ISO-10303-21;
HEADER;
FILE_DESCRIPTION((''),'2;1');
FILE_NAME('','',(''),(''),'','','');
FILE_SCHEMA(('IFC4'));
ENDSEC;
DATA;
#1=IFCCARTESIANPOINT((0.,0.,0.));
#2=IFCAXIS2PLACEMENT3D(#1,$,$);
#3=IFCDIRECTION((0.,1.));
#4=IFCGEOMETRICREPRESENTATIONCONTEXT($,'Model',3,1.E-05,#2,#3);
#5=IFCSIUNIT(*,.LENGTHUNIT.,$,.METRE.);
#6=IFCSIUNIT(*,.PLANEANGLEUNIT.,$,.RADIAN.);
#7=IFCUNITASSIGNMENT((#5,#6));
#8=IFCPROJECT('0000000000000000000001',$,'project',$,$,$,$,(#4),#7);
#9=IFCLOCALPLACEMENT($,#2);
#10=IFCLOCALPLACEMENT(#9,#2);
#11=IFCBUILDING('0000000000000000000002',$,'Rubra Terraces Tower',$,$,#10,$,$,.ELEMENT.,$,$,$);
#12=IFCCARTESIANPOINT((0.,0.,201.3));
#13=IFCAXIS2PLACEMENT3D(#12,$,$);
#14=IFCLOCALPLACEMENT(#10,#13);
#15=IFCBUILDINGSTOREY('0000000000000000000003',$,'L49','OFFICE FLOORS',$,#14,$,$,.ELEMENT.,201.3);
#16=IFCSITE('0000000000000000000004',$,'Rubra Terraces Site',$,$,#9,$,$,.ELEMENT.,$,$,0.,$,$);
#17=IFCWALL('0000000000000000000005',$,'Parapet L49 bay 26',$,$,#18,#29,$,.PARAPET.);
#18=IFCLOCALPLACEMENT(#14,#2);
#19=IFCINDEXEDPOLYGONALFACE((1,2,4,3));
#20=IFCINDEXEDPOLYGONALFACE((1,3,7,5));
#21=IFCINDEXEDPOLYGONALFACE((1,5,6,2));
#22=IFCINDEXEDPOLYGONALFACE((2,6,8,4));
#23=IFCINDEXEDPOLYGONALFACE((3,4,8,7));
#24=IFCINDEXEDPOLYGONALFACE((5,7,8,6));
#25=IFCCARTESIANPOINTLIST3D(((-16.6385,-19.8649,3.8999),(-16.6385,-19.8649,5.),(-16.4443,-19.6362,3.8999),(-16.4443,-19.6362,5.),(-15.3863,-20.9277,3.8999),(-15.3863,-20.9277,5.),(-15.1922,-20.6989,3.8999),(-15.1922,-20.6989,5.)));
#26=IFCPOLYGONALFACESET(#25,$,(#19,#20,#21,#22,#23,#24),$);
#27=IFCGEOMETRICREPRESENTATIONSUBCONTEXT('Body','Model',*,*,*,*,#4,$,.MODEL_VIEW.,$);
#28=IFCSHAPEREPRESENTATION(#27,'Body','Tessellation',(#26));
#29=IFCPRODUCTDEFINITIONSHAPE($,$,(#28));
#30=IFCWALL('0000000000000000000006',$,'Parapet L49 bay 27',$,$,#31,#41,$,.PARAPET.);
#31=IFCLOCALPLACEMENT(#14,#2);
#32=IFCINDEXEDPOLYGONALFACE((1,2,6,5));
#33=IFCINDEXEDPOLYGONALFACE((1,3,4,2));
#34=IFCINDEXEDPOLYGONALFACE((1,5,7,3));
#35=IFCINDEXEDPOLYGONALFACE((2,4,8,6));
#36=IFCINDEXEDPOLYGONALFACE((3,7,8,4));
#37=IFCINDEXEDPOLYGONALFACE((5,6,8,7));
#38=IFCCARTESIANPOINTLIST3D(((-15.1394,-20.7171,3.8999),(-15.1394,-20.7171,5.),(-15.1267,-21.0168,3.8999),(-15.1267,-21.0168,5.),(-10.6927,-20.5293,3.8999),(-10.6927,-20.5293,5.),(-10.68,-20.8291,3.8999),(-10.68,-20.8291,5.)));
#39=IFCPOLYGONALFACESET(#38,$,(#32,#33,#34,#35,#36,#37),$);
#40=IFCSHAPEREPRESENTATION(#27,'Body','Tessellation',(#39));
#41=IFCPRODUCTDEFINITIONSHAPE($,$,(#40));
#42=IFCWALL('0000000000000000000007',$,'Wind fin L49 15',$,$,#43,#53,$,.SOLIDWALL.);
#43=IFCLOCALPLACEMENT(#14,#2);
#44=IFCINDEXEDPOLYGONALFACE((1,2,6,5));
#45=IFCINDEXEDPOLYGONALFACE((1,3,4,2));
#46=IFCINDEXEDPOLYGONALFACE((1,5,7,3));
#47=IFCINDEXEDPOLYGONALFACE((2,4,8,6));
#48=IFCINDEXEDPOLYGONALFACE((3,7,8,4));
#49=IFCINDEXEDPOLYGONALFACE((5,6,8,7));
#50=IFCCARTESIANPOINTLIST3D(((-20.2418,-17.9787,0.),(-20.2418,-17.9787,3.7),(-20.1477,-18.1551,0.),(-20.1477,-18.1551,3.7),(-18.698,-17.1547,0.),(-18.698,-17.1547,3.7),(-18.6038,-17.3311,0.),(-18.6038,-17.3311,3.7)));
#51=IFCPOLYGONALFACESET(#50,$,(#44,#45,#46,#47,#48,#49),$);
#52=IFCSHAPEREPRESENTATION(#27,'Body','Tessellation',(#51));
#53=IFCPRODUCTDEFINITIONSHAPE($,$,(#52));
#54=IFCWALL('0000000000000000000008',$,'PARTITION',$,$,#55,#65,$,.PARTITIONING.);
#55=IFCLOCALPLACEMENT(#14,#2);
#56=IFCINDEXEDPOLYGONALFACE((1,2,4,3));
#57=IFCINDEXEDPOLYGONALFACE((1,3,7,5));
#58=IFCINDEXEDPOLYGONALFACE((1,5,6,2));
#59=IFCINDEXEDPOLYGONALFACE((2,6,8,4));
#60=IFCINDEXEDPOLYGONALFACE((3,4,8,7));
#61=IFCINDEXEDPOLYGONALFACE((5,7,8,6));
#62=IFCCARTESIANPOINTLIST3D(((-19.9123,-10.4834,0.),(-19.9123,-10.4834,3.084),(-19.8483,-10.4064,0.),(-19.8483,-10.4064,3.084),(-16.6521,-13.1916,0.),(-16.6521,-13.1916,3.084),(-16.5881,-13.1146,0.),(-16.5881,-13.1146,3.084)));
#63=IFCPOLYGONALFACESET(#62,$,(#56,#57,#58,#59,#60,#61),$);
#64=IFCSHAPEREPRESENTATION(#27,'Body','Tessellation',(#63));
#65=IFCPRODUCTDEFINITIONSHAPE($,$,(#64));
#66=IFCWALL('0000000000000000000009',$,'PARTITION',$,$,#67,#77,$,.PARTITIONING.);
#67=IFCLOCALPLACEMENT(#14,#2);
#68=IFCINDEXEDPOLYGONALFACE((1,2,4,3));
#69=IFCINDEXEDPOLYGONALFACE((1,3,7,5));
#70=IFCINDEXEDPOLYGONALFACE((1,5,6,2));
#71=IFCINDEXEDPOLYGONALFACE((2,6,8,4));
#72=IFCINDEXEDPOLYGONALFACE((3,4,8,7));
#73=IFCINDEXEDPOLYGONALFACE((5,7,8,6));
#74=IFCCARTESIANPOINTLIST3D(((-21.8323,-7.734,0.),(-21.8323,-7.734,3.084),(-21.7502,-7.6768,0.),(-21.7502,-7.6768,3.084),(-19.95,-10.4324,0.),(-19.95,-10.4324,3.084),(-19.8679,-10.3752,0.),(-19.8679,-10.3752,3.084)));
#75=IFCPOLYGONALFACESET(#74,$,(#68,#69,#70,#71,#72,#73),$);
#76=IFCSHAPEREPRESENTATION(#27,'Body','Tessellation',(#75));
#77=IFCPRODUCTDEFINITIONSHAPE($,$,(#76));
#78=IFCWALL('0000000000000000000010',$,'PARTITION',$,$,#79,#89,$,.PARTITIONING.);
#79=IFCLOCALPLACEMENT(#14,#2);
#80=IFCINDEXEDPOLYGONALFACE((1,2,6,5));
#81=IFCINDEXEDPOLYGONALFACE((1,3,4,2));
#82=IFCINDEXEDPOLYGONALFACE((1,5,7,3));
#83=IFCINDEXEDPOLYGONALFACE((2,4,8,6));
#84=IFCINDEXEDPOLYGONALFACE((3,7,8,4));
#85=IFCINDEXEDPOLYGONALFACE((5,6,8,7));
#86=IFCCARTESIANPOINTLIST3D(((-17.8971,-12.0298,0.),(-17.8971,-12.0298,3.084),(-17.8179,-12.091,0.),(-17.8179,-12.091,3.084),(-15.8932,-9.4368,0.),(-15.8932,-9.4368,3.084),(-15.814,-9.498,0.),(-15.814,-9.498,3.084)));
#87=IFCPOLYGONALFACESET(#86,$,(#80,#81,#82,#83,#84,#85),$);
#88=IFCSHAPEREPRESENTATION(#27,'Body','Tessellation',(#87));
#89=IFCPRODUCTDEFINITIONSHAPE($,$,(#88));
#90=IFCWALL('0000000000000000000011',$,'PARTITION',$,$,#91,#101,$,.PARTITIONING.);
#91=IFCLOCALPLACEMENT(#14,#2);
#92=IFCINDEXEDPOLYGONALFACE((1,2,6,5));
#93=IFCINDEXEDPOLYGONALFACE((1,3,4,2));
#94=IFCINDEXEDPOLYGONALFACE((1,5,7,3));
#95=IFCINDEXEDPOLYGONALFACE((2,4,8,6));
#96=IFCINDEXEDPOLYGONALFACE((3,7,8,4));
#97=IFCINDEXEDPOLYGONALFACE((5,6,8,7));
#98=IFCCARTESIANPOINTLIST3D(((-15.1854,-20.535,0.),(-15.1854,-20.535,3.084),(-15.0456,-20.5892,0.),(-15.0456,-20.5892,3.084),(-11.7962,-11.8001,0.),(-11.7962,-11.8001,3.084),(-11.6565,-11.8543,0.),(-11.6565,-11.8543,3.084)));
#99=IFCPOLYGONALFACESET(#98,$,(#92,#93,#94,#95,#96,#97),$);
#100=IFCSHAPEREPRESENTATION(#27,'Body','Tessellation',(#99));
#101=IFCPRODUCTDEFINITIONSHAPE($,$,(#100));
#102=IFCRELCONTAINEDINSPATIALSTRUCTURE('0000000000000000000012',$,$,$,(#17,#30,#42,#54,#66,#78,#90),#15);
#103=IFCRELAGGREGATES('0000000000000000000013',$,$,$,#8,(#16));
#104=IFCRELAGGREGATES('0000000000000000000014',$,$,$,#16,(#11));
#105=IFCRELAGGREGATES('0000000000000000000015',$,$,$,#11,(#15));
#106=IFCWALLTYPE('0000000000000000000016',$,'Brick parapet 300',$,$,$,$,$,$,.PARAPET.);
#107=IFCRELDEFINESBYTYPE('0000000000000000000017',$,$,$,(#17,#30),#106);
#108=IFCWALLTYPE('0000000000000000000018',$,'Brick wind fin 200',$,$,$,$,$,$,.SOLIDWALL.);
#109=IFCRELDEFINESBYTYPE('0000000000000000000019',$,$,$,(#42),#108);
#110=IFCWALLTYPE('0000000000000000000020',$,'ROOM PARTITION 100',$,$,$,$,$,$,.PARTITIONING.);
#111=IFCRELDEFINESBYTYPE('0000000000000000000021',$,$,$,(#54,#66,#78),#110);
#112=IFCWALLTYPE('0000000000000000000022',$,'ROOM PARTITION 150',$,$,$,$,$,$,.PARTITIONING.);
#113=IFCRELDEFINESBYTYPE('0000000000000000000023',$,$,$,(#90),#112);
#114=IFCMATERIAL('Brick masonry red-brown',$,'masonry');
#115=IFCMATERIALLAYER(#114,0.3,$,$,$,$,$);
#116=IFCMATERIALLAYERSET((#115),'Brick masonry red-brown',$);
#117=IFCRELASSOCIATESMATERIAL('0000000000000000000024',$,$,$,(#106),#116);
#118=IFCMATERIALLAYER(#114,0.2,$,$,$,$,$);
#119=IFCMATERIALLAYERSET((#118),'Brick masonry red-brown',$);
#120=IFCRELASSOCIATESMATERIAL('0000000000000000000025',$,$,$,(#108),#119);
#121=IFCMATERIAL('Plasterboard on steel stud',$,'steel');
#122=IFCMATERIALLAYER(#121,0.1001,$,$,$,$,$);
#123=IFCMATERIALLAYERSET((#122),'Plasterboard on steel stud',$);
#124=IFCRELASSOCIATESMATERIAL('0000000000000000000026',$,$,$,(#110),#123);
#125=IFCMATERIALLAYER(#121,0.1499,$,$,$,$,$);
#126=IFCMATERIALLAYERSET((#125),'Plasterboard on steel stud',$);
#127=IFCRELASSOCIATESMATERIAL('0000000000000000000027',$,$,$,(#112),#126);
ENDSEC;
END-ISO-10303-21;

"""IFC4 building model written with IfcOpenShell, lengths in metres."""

from ifc_helpers import new_model, si_unit, direction, frame, frame_2d, origin, place, context, subcontext, project, spatial, rectangle, extrude, material, layer, layer_set, type_object, element, save


model = new_model("IFC4")

# Units and contexts
model_context = context("Model", 3, precision=1e-05, world=origin(), true_north=direction((0.0, 1.0)))
body_context = subcontext(model_context, "Body", "Model", "MODEL_VIEW")
ifc_project = project(units=[si_unit("LENGTHUNIT", "METRE"), si_unit("PLANEANGLEUNIT", "RADIAN")], contexts=[model_context])

# Site, building, storey
site_placement = place(None, origin())
site = spatial("IfcSite", under=ifc_project, at=site_placement, Name="Rubra Terraces Site", CompositionType="ELEMENT", RefElevation=0.0)
building_placement = place(site_placement, origin())
building = spatial("IfcBuilding", under=site, at=building_placement, Name="Rubra Terraces Tower", CompositionType="ELEMENT")
storey_placement = place(building_placement, frame((0.0, 0.0, 201.3)))
storey = spatial("IfcBuildingStorey", under=building, at=storey_placement, Name="L49", Description="OFFICE FLOORS", CompositionType="ELEMENT", Elevation=201.3)

# Shared definitions
ifc_material_1 = material(Name="Brick masonry red-brown", Category="masonry")

# Walls
ifc_layer_1 = layer(ifc_material_1, 0.3)
ifc_layer_set_1 = layer_set([ifc_layer_1], Name="Brick masonry red-brown")
wall_type_1 = type_object("IfcWallType", Name="Brick parapet 300", PredefinedType="PARAPET", material=ifc_layer_set_1)
wall_1_placement = place(storey_placement, frame((-16.5415, -19.7505, 3.8999), z_axis=(0.0, 0.0, 1.0), x_axis=(0.762427, -0.647074, 0.0)))
element("IfcWall", 1, at=wall_1_placement, inside=storey, type_object=wall_type_1, Name="Parapet L49 bay 26", PredefinedType="PARAPET", context=body_context, shape_type="SweptSolid", body=[
    extrude(rectangle(XDim=1.6423, YDim=0.3, at=frame_2d((0.8213, 0.0))), origin(), (0.0, 0.0, 1.0), 1.1001),
])
wall_2_placement = place(storey_placement, frame((-15.1331, -20.8669, 3.8999), z_axis=(0.0, 0.0, 1.0), x_axis=(0.99911, 0.042183, 0.0)))
element("IfcWall", 2, at=wall_2_placement, inside=storey, type_object=wall_type_1, Name="Parapet L49 bay 27", PredefinedType="PARAPET", context=body_context, shape_type="SweptSolid", body=[
    extrude(rectangle(XDim=4.4507, YDim=0.3, at=frame_2d((2.2253, 0.0))), origin(), (0.0, 0.0, 1.0), 1.1001),
])
ifc_layer_2 = layer(ifc_material_1, 0.2)
ifc_layer_set_2 = layer_set([ifc_layer_2], Name="Brick masonry red-brown")
wall_type_2 = type_object("IfcWallType", Name="Brick wind fin 200", PredefinedType="SOLIDWALL", material=ifc_layer_set_2)
wall_3_placement = place(storey_placement, frame((-18.6509, -17.2429, 0.0), z_axis=(0.0, 0.0, 1.0), x_axis=(-0.882225, -0.470827, 0.0)))
element("IfcWall", 3, at=wall_3_placement, inside=storey, type_object=wall_type_2, Name="Wind fin L49 15", PredefinedType="SOLIDWALL", context=body_context, shape_type="SweptSolid", body=[
    extrude(rectangle(XDim=1.75, YDim=0.2, at=frame_2d((0.875, 0.0))), origin(), (0.0, 0.0, 1.0), 3.7),
])

# Walls
ifc_material_2 = material(Name="Plasterboard on steel stud", Category="steel")
ifc_layer_3 = layer(ifc_material_2, 0.1001)
ifc_layer_set_3 = layer_set([ifc_layer_3], Name="Plasterboard on steel stud")
wall_type_3 = type_object("IfcWallType", Name="ROOM PARTITION 100", PredefinedType="PARTITIONING", material=ifc_layer_set_3)
wall_4_placement = place(storey_placement, frame((-16.6201, -13.1531, 0.0), z_axis=(0.0, 0.0, 1.0), x_axis=(-0.769221, 0.638982, 0.0)))
element("IfcWall", 4, at=wall_4_placement, inside=storey, type_object=wall_type_3, Name="PARTITION", PredefinedType="PARTITIONING", context=body_context, shape_type="SweptSolid", body=[
    extrude(rectangle(XDim=4.2383, YDim=0.1001, at=frame_2d((2.1191, 0.0))), origin(), (0.0, 0.0, 1.0), 3.084),
])
wall_5_placement = place(storey_placement, frame((-19.9089, -10.4038, 0.0), z_axis=(0.0, 0.0, 1.0), x_axis=(-0.572112, 0.820176, 0.0)))
element("IfcWall", 5, at=wall_5_placement, inside=storey, type_object=wall_type_3, Name="PARTITION", PredefinedType="PARTITIONING", context=body_context, shape_type="SweptSolid", body=[
    extrude(rectangle(XDim=3.29, YDim=0.1001, at=frame_2d((1.645, 0.0))), origin(), (0.0, 0.0, 1.0), 3.084),
])
wall_6_placement = place(storey_placement, frame((-15.8535, -9.4673, 0.0), z_axis=(0.0, 0.0, 1.0), x_axis=(-0.611488, -0.791254, 0.0)))
element("IfcWall", 6, at=wall_6_placement, inside=storey, type_object=wall_type_3, Name="PARTITION", PredefinedType="PARTITIONING", context=body_context, shape_type="SweptSolid", body=[
    extrude(rectangle(XDim=3.2771, YDim=0.1001, at=frame_2d((1.6387, 0.0))), origin(), (0.0, 0.0, 1.0), 3.084),
])
ifc_layer_4 = layer(ifc_material_2, 0.1499)
ifc_layer_set_4 = layer_set([ifc_layer_4], Name="Plasterboard on steel stud")
wall_type_4 = type_object("IfcWallType", Name="ROOM PARTITION 150", PredefinedType="PARTITIONING", material=ifc_layer_set_4)
wall_7_placement = place(storey_placement, frame((-15.1155, -20.562, 0.0), z_axis=(0.0, 0.0, 1.0), x_axis=(0.361729, 0.932283, 0.0)))
element("IfcWall", 7, at=wall_7_placement, inside=storey, type_object=wall_type_4, Name="PARTITION", PredefinedType="PARTITIONING", context=body_context, shape_type="SweptSolid", body=[
    extrude(rectangle(XDim=9.3694, YDim=0.1499, at=frame_2d((4.6846, 0.0))), origin(), (0.0, 0.0, 1.0), 3.084),
])

save(model, "model.ifc")
